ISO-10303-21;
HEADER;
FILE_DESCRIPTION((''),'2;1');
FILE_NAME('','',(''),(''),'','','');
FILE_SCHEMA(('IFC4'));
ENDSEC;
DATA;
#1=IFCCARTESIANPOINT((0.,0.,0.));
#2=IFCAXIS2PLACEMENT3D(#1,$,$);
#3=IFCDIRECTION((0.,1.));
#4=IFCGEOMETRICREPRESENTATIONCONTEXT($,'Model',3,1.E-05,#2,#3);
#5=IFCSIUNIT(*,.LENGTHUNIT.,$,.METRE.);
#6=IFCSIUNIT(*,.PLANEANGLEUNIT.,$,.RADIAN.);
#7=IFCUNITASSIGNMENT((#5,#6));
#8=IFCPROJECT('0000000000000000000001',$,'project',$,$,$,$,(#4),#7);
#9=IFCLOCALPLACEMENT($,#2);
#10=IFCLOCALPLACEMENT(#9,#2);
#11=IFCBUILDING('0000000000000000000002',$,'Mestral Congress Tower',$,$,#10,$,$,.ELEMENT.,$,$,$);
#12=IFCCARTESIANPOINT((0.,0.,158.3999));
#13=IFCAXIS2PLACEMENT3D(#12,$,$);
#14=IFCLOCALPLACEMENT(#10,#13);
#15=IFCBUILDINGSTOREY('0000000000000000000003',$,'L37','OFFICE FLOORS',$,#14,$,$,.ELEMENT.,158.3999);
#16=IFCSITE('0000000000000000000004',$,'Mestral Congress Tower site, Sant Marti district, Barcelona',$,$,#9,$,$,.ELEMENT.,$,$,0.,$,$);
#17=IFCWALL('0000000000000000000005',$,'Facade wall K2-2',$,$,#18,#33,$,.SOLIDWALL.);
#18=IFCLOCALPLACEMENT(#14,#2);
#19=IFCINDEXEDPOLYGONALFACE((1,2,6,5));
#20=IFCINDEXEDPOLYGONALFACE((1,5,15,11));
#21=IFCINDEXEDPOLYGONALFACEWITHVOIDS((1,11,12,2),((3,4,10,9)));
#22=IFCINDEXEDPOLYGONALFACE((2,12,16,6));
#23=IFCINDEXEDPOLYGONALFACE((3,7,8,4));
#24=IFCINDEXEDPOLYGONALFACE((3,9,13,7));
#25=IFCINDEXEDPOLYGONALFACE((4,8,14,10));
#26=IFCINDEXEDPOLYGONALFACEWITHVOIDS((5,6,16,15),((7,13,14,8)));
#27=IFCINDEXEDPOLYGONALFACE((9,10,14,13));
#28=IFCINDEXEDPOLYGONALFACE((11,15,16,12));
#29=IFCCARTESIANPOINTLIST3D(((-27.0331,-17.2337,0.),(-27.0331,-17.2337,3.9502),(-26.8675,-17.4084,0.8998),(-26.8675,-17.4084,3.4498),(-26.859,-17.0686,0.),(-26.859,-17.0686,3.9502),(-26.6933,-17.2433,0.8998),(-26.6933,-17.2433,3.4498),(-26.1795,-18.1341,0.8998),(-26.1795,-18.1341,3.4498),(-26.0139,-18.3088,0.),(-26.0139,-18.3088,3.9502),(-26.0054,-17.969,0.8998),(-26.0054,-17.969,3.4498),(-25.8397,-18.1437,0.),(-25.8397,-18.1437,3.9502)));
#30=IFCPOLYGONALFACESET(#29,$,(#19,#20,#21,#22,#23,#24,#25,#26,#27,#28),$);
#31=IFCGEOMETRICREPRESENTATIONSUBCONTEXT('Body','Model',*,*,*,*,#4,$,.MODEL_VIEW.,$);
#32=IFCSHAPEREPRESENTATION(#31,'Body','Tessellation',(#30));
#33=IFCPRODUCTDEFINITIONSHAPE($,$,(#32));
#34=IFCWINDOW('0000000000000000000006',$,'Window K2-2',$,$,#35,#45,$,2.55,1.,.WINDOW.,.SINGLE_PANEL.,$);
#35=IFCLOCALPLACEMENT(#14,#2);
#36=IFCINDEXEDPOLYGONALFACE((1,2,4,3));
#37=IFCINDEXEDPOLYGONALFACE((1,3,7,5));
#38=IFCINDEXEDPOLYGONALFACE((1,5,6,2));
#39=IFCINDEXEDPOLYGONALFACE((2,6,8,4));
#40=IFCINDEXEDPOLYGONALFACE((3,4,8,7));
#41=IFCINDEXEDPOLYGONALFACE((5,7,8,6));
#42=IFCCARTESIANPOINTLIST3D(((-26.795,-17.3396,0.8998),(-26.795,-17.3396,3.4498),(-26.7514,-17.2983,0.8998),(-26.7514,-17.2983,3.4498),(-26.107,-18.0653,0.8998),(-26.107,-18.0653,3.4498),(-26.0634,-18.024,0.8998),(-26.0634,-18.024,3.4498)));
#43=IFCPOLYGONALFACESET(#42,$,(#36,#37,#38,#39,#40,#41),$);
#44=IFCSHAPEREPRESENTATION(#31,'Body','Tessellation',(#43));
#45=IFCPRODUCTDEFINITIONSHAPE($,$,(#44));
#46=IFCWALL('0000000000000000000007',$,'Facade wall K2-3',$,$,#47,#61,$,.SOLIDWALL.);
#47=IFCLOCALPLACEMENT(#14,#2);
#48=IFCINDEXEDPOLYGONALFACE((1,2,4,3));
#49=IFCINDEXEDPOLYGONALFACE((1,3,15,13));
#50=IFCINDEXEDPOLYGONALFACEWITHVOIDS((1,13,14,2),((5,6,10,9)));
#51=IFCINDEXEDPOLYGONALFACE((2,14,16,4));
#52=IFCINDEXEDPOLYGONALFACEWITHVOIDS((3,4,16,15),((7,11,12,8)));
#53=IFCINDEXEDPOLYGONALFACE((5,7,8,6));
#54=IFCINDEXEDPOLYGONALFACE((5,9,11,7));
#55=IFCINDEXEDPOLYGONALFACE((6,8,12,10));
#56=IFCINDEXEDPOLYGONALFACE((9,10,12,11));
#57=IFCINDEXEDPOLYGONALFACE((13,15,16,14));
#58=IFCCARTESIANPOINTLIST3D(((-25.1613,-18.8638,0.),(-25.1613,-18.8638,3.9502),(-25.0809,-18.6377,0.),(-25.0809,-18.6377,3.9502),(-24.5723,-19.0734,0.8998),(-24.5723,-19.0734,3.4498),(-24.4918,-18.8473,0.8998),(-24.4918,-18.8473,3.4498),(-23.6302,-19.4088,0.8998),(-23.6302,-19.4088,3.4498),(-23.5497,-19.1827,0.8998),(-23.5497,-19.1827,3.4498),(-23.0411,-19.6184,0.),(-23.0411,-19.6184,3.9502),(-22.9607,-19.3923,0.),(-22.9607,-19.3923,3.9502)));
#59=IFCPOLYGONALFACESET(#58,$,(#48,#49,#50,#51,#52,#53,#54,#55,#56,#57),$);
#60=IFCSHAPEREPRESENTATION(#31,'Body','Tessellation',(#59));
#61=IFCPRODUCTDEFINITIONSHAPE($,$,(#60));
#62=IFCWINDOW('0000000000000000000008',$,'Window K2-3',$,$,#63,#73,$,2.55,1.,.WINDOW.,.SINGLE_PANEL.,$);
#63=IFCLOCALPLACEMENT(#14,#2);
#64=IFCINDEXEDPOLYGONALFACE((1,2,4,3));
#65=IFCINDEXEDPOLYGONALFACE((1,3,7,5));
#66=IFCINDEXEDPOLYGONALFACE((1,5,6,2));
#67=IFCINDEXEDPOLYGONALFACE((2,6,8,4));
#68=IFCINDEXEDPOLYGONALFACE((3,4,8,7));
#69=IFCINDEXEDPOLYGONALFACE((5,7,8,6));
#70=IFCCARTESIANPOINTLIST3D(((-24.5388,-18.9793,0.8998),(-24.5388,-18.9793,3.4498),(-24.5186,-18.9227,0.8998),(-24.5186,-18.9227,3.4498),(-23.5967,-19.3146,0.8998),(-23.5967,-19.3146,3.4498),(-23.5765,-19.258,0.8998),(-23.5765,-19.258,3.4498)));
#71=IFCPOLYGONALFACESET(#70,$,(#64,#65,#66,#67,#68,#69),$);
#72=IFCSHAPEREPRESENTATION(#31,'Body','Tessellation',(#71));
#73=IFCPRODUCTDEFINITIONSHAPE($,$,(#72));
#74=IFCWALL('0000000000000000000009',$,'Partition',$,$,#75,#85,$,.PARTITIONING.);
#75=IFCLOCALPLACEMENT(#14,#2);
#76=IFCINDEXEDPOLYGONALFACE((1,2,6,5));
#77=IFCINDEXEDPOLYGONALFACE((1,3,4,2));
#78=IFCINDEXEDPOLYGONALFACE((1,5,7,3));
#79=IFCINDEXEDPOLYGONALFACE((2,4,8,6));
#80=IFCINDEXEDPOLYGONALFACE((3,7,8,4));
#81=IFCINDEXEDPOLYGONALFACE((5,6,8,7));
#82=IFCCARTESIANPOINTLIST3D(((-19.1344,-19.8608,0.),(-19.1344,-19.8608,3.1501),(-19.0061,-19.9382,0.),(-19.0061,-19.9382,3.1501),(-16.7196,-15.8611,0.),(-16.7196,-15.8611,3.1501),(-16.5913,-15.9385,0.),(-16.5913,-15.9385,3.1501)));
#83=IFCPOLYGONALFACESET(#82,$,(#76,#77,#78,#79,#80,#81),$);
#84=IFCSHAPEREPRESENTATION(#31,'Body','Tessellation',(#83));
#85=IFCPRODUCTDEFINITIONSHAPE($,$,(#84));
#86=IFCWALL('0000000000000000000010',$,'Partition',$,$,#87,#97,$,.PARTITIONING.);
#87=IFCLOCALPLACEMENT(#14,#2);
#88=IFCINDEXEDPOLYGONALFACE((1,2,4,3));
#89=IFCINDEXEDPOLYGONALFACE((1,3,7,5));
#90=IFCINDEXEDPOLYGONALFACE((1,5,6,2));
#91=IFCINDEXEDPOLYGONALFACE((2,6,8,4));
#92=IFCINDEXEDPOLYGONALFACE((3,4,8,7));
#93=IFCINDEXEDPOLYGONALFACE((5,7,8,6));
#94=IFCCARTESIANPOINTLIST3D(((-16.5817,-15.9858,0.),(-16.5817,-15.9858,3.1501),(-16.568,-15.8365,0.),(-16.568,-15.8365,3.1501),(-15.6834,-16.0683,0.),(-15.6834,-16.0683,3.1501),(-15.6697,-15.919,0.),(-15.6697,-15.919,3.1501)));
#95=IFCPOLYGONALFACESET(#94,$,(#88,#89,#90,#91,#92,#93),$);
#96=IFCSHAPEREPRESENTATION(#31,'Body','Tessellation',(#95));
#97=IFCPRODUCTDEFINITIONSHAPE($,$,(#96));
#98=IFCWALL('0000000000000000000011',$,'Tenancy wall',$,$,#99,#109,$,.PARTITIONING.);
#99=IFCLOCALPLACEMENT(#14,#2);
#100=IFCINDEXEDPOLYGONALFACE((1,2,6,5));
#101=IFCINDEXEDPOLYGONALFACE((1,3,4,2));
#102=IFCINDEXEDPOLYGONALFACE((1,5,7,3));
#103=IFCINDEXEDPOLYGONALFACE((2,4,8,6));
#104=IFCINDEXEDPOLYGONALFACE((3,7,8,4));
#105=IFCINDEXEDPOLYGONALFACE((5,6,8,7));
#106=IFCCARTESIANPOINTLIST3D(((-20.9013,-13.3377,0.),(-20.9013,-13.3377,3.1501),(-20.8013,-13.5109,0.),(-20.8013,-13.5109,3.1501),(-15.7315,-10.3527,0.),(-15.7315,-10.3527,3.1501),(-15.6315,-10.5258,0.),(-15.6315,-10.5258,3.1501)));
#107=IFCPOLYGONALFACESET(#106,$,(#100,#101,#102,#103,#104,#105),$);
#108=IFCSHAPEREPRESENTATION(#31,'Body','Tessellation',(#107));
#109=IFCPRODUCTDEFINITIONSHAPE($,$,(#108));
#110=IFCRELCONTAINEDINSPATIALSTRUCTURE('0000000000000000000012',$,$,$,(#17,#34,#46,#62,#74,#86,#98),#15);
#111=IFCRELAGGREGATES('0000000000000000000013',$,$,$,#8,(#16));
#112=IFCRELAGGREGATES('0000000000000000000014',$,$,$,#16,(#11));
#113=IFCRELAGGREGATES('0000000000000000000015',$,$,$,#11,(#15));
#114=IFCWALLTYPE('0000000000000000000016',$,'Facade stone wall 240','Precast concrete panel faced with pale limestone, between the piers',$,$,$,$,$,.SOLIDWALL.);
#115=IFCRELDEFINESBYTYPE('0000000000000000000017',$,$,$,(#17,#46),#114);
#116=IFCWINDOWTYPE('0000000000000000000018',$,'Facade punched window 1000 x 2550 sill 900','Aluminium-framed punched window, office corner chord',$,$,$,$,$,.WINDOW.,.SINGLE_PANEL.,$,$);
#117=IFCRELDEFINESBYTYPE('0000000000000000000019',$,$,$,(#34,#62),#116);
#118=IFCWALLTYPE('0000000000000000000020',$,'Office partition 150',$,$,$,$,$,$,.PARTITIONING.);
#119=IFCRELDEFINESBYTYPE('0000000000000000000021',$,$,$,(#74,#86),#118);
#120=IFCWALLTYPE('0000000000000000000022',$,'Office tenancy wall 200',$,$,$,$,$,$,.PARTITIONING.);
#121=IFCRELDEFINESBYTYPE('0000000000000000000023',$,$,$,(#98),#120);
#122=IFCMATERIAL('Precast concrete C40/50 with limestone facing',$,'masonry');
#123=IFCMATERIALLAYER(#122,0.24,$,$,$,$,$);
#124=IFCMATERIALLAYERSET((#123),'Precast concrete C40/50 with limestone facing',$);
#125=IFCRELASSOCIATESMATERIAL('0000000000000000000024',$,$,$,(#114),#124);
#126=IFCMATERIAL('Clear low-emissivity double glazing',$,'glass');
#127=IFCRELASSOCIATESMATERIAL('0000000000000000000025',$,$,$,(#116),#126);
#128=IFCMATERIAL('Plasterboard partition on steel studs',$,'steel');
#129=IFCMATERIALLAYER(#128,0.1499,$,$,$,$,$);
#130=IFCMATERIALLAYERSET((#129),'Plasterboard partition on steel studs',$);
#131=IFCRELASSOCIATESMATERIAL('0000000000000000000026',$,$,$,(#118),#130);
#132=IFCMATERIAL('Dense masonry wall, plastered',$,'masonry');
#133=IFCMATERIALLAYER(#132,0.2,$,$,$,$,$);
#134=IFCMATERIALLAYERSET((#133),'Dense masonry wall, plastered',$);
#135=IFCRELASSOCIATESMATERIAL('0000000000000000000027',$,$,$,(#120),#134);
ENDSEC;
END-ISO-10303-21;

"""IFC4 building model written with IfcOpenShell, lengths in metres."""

from ifc_helpers import new_model, si_unit, direction, frame, frame_2d, origin, place, context, subcontext, project, spatial, rectangle, extrude, material, layer, layer_set, type_object, element, fill, save


model = new_model("IFC4")

# Units and contexts
model_context = context("Model", 3, precision=1e-05, world=origin(), true_north=direction((0.0, 1.0)))
body_context = subcontext(model_context, "Body", "Model", "MODEL_VIEW")
ifc_project = project(units=[si_unit("LENGTHUNIT", "METRE"), si_unit("PLANEANGLEUNIT", "RADIAN")], contexts=[model_context])

# Site, building, storey
site_placement = place(None, origin())
site = spatial("IfcSite", under=ifc_project, at=site_placement, Name="Mestral Congress Tower site, Sant Marti district, Barcelona", CompositionType="ELEMENT", RefElevation=0.0)
building_placement = place(site_placement, origin())
building = spatial("IfcBuilding", under=site, at=building_placement, Name="Mestral Congress Tower", CompositionType="ELEMENT")
storey_placement = place(building_placement, frame((0.0, 0.0, 158.3999)))
storey = spatial("IfcBuildingStorey", under=building, at=storey_placement, Name="L37", Description="OFFICE FLOORS", CompositionType="ELEMENT", Elevation=158.3999)

# Shared definitions
ifc_material_1 = material(Name="Precast concrete C40/50 with limestone facing", Category="masonry")
ifc_layer_1 = layer(ifc_material_1, 0.24)
ifc_layer_set_1 = layer_set([ifc_layer_1], Name="Precast concrete C40/50 with limestone facing")
wall_type_1 = type_object("IfcWallType", Name="Facade stone wall 240", Description="Precast concrete panel faced with pale limestone, between the piers", PredefinedType="SOLIDWALL", material=ifc_layer_set_1)
ifc_material_2 = material(Name="Clear low-emissivity double glazing", Category="glass")

# Walls, openings, windows
wall_1_placement = place(storey_placement, frame((-26.946, -17.1511, 0.0), z_axis=(0.0, 0.0, 1.0), x_axis=(0.687987, -0.725723, 0.0)))
wall_1 = element("IfcWall", 1, at=wall_1_placement, inside=storey, type_object=wall_type_1, Name="Facade wall K2-2", PredefinedType="SOLIDWALL", context=body_context, shape_type="SweptSolid", body=[
    extrude(rectangle(XDim=1.4814, YDim=0.24, at=frame_2d((0.7407, 0.0))), origin(), (0.0, 0.0, 1.0), 3.9502),
])
opening_1_placement = place(wall_1_placement, frame((0.2407, 0.0, 0.8999)))
opening_1 = element("IfcOpeningElement", 2, at=opening_1_placement, cuts=wall_1, PredefinedType="OPENING", context=body_context, shape_type="SweptSolid", body=[
    extrude(rectangle(XDim=1.0, YDim=2.55, at=frame_2d((0.5, 1.2749))), frame((0.0, 0.1299, 0.0), z_axis=(0.0, -1.0, 0.0), x_axis=(1.0, 0.0, 0.0)), (0.0, 0.0, 1.0), 0.26),
])
window_type_1 = type_object("IfcWindowType", Name="Facade punched window 1000 x 2550 sill 900", Description="Aluminium-framed punched window, office corner chord", PartitioningType="SINGLE_PANEL", PredefinedType="WINDOW", material=ifc_material_2)
window_1_placement = place(opening_1_placement, origin())
window_1 = element("IfcWindow", 3, at=window_1_placement, inside=storey, type_object=window_type_1, Name="Window K2-2", OverallHeight=2.55, OverallWidth=1.0, PartitioningType="SINGLE_PANEL", PredefinedType="WINDOW", context=body_context, shape_type="SweptSolid", body=[
    extrude(rectangle(XDim=1.0, YDim=2.55, at=frame_2d((0.5, 1.2749))), frame((0.0, 0.04, 0.0), z_axis=(0.0, -1.0, 0.0), x_axis=(1.0, 0.0, 0.0)), (0.0, 0.0, 1.0), 0.0601),
])
fill(opening_1, window_1)
wall_2_placement = place(storey_placement, frame((-25.1211, -18.7507, 0.0), z_axis=(0.0, 0.0, 1.0), x_axis=(0.9421, -0.335333, 0.0)))
wall_2 = element("IfcWall", 4, at=wall_2_placement, inside=storey, type_object=wall_type_1, Name="Facade wall K2-3", PredefinedType="SOLIDWALL", context=body_context, shape_type="SweptSolid", body=[
    extrude(rectangle(XDim=2.2505, YDim=0.24, at=frame_2d((1.1252, 0.0))), origin(), (0.0, 0.0, 1.0), 3.9502),
])
opening_2_placement = place(wall_2_placement, frame((0.6252, 0.0, 0.8999)))
opening_2 = element("IfcOpeningElement", 5, at=opening_2_placement, cuts=wall_2, PredefinedType="OPENING", context=body_context, shape_type="SweptSolid", body=[
    extrude(rectangle(XDim=1.0, YDim=2.55, at=frame_2d((0.5, 1.2749))), frame((0.0, 0.1299, 0.0), z_axis=(0.0, -1.0, 0.0), x_axis=(1.0, 0.0, 0.0)), (0.0, 0.0, 1.0), 0.26),
])
window_2_placement = place(opening_2_placement, origin())
window_2 = element("IfcWindow", 6, at=window_2_placement, inside=storey, type_object=window_type_1, Name="Window K2-3", OverallHeight=2.55, OverallWidth=1.0, PartitioningType="SINGLE_PANEL", PredefinedType="WINDOW", context=body_context, shape_type="SweptSolid", body=[
    extrude(rectangle(XDim=1.0, YDim=2.55, at=frame_2d((0.5, 1.2749))), frame((0.0, 0.04, 0.0), z_axis=(0.0, -1.0, 0.0), x_axis=(1.0, 0.0, 0.0)), (0.0, 0.0, 1.0), 0.0601),
])
fill(opening_2, window_2)

# Walls
ifc_material_3 = material(Name="Plasterboard partition on steel studs", Category="steel")
ifc_layer_2 = layer(ifc_material_3, 0.1499)
ifc_layer_set_2 = layer_set([ifc_layer_2], Name="Plasterboard partition on steel studs")
wall_type_2 = type_object("IfcWallType", Name="Office partition 150", PredefinedType="PARTITIONING", material=ifc_layer_set_2)
wall_3_placement = place(storey_placement, frame((-16.6555, -15.8999, 0.0), z_axis=(0.0, 0.0, 1.0), x_axis=(-0.516845, -0.856079, 0.0)))
element("IfcWall", 7, at=wall_3_placement, inside=storey, type_object=wall_type_2, Name="Partition", PredefinedType="PARTITIONING", context=body_context, shape_type="SweptSolid", body=[
    extrude(rectangle(XDim=4.6721, YDim=0.1499, at=frame_2d((2.3359, 0.0))), origin(), (0.0, 0.0, 1.0), 3.1501),
])
wall_4_placement = place(storey_placement, frame((-16.575, -15.9111, 0.0), z_axis=(0.0, 0.0, 1.0), x_axis=(0.995808, -0.091463, 0.0)))
element("IfcWall", 8, at=wall_4_placement, inside=storey, type_object=wall_type_2, Name="Partition", PredefinedType="PARTITIONING", context=body_context, shape_type="SweptSolid", body=[
    extrude(rectangle(XDim=0.9021, YDim=0.1499, at=frame_2d((0.4512, 0.0))), origin(), (0.0, 0.0, 1.0), 3.1501),
])
ifc_material_4 = material(Name="Dense masonry wall, plastered", Category="masonry")
ifc_layer_3 = layer(ifc_material_4, 0.2)
ifc_layer_set_3 = layer_set([ifc_layer_3], Name="Dense masonry wall, plastered")
wall_type_3 = type_object("IfcWallType", Name="Office tenancy wall 200", PredefinedType="PARTITIONING", material=ifc_layer_set_3)
wall_5_placement = place(storey_placement, frame((-20.8513, -13.4243, 0.0), z_axis=(0.0, 0.0, 1.0), x_axis=(0.866007, 0.500032, 0.0)))
element("IfcWall", 9, at=wall_5_placement, inside=storey, type_object=wall_type_3, Name="Tenancy wall", PredefinedType="PARTITIONING", context=body_context, shape_type="SweptSolid", body=[
    extrude(rectangle(XDim=5.9697, YDim=0.2, at=frame_2d((2.9849, 0.0))), origin(), (0.0, 0.0, 1.0), 3.1501),
])

save(model, "model.ifc")
